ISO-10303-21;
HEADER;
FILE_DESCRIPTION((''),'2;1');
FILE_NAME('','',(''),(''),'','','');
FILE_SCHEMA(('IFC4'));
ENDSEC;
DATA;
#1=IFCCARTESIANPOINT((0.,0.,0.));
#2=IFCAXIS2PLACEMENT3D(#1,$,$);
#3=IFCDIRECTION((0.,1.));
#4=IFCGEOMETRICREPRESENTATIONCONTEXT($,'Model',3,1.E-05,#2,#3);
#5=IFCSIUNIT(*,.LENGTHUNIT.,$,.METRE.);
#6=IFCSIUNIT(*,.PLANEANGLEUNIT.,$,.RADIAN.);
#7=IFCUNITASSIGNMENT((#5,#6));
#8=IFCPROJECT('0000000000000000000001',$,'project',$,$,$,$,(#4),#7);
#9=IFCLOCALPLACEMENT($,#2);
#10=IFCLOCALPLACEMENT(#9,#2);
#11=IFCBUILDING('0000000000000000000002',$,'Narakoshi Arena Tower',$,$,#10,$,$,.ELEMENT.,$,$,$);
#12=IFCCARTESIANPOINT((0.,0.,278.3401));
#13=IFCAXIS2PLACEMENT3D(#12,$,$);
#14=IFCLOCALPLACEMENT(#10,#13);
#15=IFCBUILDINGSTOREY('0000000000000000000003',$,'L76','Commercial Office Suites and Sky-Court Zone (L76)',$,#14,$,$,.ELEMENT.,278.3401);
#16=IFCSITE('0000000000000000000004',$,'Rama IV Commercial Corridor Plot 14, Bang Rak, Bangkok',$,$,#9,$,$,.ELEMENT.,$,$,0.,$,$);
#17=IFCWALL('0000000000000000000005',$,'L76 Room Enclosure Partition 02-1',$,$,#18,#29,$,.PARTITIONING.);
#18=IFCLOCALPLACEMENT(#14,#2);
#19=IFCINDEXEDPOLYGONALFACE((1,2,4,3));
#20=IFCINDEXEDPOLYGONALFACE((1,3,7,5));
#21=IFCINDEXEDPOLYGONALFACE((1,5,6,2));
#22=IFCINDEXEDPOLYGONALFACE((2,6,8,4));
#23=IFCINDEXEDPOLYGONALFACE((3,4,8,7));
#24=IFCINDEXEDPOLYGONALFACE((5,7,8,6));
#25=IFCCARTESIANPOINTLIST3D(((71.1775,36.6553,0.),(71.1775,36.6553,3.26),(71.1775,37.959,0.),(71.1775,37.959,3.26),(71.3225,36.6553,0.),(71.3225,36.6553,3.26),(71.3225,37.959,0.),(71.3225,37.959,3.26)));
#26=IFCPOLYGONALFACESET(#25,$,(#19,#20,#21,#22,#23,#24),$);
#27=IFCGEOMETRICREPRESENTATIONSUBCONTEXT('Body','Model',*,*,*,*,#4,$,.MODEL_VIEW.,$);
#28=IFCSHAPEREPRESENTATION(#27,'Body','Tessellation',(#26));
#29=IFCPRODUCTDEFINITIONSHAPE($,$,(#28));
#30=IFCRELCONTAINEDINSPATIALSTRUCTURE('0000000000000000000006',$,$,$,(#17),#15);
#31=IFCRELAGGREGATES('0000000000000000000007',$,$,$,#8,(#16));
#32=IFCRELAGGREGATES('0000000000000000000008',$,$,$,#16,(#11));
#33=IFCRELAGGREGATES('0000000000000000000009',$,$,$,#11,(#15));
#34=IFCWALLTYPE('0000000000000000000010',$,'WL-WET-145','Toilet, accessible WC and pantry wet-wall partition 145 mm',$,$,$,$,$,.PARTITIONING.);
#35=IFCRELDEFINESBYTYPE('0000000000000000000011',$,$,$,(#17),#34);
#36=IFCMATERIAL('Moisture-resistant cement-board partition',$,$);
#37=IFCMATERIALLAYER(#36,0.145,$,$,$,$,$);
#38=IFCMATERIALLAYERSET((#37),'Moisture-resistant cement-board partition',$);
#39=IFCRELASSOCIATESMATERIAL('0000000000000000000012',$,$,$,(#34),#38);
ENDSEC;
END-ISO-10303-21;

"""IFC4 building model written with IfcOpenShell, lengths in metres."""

from ifc_helpers import new_model, si_unit, direction, frame, frame_2d, origin, place, context, subcontext, project, spatial, rectangle, extrude, material, layer, layer_set, type_object, element, save


model = new_model("IFC4")

# Units and contexts
model_context = context("Model", 3, precision=1e-05, world=origin(), true_north=direction((0.0, 1.0)))
body_context = subcontext(model_context, "Body", "Model", "MODEL_VIEW")
ifc_project = project(units=[si_unit("LENGTHUNIT", "METRE"), si_unit("PLANEANGLEUNIT", "RADIAN")], contexts=[model_context])

# Site, building, storey
site_placement = place(None, origin())
site = spatial("IfcSite", under=ifc_project, at=site_placement, Name="Rama IV Commercial Corridor Plot 14, Bang Rak, Bangkok", CompositionType="ELEMENT", RefElevation=0.0)
building_placement = place(site_placement, origin())
building = spatial("IfcBuilding", under=site, at=building_placement, Name="Narakoshi Arena Tower", CompositionType="ELEMENT")
storey_placement = place(building_placement, frame((0.0, 0.0, 278.3401)))
storey = spatial("IfcBuildingStorey", under=building, at=storey_placement, Name="L76", Description="Commercial Office Suites and Sky-Court Zone (L76)", CompositionType="ELEMENT", Elevation=278.3401)

# Shared definitions
ifc_material_1 = material(Name="Moisture-resistant cement-board partition")
ifc_layer_1 = layer(ifc_material_1, 0.145)
ifc_layer_set_1 = layer_set([ifc_layer_1], Name="Moisture-resistant cement-board partition")
wall_type_1 = type_object("IfcWallType", Name="WL-WET-145", Description="Toilet, accessible WC and pantry wet-wall partition 145 mm", PredefinedType="PARTITIONING", material=ifc_layer_set_1)

# Wall
wall_1_placement = place(storey_placement, frame((71.25, 37.959, 0.0), z_axis=(0.0, 0.0, 1.0), x_axis=(0.0, -1.0, 0.0)))
element("IfcWall", 1, at=wall_1_placement, inside=storey, type_object=wall_type_1, Name="L76 Room Enclosure Partition 02-1", PredefinedType="PARTITIONING", context=body_context, shape_type="SweptSolid", body=[
    extrude(rectangle(XDim=1.3037, YDim=0.145, at=frame_2d((0.6519, 0.0))), origin(), (0.0, 0.0, 1.0), 3.26),
])

save(model, "model.ifc")
